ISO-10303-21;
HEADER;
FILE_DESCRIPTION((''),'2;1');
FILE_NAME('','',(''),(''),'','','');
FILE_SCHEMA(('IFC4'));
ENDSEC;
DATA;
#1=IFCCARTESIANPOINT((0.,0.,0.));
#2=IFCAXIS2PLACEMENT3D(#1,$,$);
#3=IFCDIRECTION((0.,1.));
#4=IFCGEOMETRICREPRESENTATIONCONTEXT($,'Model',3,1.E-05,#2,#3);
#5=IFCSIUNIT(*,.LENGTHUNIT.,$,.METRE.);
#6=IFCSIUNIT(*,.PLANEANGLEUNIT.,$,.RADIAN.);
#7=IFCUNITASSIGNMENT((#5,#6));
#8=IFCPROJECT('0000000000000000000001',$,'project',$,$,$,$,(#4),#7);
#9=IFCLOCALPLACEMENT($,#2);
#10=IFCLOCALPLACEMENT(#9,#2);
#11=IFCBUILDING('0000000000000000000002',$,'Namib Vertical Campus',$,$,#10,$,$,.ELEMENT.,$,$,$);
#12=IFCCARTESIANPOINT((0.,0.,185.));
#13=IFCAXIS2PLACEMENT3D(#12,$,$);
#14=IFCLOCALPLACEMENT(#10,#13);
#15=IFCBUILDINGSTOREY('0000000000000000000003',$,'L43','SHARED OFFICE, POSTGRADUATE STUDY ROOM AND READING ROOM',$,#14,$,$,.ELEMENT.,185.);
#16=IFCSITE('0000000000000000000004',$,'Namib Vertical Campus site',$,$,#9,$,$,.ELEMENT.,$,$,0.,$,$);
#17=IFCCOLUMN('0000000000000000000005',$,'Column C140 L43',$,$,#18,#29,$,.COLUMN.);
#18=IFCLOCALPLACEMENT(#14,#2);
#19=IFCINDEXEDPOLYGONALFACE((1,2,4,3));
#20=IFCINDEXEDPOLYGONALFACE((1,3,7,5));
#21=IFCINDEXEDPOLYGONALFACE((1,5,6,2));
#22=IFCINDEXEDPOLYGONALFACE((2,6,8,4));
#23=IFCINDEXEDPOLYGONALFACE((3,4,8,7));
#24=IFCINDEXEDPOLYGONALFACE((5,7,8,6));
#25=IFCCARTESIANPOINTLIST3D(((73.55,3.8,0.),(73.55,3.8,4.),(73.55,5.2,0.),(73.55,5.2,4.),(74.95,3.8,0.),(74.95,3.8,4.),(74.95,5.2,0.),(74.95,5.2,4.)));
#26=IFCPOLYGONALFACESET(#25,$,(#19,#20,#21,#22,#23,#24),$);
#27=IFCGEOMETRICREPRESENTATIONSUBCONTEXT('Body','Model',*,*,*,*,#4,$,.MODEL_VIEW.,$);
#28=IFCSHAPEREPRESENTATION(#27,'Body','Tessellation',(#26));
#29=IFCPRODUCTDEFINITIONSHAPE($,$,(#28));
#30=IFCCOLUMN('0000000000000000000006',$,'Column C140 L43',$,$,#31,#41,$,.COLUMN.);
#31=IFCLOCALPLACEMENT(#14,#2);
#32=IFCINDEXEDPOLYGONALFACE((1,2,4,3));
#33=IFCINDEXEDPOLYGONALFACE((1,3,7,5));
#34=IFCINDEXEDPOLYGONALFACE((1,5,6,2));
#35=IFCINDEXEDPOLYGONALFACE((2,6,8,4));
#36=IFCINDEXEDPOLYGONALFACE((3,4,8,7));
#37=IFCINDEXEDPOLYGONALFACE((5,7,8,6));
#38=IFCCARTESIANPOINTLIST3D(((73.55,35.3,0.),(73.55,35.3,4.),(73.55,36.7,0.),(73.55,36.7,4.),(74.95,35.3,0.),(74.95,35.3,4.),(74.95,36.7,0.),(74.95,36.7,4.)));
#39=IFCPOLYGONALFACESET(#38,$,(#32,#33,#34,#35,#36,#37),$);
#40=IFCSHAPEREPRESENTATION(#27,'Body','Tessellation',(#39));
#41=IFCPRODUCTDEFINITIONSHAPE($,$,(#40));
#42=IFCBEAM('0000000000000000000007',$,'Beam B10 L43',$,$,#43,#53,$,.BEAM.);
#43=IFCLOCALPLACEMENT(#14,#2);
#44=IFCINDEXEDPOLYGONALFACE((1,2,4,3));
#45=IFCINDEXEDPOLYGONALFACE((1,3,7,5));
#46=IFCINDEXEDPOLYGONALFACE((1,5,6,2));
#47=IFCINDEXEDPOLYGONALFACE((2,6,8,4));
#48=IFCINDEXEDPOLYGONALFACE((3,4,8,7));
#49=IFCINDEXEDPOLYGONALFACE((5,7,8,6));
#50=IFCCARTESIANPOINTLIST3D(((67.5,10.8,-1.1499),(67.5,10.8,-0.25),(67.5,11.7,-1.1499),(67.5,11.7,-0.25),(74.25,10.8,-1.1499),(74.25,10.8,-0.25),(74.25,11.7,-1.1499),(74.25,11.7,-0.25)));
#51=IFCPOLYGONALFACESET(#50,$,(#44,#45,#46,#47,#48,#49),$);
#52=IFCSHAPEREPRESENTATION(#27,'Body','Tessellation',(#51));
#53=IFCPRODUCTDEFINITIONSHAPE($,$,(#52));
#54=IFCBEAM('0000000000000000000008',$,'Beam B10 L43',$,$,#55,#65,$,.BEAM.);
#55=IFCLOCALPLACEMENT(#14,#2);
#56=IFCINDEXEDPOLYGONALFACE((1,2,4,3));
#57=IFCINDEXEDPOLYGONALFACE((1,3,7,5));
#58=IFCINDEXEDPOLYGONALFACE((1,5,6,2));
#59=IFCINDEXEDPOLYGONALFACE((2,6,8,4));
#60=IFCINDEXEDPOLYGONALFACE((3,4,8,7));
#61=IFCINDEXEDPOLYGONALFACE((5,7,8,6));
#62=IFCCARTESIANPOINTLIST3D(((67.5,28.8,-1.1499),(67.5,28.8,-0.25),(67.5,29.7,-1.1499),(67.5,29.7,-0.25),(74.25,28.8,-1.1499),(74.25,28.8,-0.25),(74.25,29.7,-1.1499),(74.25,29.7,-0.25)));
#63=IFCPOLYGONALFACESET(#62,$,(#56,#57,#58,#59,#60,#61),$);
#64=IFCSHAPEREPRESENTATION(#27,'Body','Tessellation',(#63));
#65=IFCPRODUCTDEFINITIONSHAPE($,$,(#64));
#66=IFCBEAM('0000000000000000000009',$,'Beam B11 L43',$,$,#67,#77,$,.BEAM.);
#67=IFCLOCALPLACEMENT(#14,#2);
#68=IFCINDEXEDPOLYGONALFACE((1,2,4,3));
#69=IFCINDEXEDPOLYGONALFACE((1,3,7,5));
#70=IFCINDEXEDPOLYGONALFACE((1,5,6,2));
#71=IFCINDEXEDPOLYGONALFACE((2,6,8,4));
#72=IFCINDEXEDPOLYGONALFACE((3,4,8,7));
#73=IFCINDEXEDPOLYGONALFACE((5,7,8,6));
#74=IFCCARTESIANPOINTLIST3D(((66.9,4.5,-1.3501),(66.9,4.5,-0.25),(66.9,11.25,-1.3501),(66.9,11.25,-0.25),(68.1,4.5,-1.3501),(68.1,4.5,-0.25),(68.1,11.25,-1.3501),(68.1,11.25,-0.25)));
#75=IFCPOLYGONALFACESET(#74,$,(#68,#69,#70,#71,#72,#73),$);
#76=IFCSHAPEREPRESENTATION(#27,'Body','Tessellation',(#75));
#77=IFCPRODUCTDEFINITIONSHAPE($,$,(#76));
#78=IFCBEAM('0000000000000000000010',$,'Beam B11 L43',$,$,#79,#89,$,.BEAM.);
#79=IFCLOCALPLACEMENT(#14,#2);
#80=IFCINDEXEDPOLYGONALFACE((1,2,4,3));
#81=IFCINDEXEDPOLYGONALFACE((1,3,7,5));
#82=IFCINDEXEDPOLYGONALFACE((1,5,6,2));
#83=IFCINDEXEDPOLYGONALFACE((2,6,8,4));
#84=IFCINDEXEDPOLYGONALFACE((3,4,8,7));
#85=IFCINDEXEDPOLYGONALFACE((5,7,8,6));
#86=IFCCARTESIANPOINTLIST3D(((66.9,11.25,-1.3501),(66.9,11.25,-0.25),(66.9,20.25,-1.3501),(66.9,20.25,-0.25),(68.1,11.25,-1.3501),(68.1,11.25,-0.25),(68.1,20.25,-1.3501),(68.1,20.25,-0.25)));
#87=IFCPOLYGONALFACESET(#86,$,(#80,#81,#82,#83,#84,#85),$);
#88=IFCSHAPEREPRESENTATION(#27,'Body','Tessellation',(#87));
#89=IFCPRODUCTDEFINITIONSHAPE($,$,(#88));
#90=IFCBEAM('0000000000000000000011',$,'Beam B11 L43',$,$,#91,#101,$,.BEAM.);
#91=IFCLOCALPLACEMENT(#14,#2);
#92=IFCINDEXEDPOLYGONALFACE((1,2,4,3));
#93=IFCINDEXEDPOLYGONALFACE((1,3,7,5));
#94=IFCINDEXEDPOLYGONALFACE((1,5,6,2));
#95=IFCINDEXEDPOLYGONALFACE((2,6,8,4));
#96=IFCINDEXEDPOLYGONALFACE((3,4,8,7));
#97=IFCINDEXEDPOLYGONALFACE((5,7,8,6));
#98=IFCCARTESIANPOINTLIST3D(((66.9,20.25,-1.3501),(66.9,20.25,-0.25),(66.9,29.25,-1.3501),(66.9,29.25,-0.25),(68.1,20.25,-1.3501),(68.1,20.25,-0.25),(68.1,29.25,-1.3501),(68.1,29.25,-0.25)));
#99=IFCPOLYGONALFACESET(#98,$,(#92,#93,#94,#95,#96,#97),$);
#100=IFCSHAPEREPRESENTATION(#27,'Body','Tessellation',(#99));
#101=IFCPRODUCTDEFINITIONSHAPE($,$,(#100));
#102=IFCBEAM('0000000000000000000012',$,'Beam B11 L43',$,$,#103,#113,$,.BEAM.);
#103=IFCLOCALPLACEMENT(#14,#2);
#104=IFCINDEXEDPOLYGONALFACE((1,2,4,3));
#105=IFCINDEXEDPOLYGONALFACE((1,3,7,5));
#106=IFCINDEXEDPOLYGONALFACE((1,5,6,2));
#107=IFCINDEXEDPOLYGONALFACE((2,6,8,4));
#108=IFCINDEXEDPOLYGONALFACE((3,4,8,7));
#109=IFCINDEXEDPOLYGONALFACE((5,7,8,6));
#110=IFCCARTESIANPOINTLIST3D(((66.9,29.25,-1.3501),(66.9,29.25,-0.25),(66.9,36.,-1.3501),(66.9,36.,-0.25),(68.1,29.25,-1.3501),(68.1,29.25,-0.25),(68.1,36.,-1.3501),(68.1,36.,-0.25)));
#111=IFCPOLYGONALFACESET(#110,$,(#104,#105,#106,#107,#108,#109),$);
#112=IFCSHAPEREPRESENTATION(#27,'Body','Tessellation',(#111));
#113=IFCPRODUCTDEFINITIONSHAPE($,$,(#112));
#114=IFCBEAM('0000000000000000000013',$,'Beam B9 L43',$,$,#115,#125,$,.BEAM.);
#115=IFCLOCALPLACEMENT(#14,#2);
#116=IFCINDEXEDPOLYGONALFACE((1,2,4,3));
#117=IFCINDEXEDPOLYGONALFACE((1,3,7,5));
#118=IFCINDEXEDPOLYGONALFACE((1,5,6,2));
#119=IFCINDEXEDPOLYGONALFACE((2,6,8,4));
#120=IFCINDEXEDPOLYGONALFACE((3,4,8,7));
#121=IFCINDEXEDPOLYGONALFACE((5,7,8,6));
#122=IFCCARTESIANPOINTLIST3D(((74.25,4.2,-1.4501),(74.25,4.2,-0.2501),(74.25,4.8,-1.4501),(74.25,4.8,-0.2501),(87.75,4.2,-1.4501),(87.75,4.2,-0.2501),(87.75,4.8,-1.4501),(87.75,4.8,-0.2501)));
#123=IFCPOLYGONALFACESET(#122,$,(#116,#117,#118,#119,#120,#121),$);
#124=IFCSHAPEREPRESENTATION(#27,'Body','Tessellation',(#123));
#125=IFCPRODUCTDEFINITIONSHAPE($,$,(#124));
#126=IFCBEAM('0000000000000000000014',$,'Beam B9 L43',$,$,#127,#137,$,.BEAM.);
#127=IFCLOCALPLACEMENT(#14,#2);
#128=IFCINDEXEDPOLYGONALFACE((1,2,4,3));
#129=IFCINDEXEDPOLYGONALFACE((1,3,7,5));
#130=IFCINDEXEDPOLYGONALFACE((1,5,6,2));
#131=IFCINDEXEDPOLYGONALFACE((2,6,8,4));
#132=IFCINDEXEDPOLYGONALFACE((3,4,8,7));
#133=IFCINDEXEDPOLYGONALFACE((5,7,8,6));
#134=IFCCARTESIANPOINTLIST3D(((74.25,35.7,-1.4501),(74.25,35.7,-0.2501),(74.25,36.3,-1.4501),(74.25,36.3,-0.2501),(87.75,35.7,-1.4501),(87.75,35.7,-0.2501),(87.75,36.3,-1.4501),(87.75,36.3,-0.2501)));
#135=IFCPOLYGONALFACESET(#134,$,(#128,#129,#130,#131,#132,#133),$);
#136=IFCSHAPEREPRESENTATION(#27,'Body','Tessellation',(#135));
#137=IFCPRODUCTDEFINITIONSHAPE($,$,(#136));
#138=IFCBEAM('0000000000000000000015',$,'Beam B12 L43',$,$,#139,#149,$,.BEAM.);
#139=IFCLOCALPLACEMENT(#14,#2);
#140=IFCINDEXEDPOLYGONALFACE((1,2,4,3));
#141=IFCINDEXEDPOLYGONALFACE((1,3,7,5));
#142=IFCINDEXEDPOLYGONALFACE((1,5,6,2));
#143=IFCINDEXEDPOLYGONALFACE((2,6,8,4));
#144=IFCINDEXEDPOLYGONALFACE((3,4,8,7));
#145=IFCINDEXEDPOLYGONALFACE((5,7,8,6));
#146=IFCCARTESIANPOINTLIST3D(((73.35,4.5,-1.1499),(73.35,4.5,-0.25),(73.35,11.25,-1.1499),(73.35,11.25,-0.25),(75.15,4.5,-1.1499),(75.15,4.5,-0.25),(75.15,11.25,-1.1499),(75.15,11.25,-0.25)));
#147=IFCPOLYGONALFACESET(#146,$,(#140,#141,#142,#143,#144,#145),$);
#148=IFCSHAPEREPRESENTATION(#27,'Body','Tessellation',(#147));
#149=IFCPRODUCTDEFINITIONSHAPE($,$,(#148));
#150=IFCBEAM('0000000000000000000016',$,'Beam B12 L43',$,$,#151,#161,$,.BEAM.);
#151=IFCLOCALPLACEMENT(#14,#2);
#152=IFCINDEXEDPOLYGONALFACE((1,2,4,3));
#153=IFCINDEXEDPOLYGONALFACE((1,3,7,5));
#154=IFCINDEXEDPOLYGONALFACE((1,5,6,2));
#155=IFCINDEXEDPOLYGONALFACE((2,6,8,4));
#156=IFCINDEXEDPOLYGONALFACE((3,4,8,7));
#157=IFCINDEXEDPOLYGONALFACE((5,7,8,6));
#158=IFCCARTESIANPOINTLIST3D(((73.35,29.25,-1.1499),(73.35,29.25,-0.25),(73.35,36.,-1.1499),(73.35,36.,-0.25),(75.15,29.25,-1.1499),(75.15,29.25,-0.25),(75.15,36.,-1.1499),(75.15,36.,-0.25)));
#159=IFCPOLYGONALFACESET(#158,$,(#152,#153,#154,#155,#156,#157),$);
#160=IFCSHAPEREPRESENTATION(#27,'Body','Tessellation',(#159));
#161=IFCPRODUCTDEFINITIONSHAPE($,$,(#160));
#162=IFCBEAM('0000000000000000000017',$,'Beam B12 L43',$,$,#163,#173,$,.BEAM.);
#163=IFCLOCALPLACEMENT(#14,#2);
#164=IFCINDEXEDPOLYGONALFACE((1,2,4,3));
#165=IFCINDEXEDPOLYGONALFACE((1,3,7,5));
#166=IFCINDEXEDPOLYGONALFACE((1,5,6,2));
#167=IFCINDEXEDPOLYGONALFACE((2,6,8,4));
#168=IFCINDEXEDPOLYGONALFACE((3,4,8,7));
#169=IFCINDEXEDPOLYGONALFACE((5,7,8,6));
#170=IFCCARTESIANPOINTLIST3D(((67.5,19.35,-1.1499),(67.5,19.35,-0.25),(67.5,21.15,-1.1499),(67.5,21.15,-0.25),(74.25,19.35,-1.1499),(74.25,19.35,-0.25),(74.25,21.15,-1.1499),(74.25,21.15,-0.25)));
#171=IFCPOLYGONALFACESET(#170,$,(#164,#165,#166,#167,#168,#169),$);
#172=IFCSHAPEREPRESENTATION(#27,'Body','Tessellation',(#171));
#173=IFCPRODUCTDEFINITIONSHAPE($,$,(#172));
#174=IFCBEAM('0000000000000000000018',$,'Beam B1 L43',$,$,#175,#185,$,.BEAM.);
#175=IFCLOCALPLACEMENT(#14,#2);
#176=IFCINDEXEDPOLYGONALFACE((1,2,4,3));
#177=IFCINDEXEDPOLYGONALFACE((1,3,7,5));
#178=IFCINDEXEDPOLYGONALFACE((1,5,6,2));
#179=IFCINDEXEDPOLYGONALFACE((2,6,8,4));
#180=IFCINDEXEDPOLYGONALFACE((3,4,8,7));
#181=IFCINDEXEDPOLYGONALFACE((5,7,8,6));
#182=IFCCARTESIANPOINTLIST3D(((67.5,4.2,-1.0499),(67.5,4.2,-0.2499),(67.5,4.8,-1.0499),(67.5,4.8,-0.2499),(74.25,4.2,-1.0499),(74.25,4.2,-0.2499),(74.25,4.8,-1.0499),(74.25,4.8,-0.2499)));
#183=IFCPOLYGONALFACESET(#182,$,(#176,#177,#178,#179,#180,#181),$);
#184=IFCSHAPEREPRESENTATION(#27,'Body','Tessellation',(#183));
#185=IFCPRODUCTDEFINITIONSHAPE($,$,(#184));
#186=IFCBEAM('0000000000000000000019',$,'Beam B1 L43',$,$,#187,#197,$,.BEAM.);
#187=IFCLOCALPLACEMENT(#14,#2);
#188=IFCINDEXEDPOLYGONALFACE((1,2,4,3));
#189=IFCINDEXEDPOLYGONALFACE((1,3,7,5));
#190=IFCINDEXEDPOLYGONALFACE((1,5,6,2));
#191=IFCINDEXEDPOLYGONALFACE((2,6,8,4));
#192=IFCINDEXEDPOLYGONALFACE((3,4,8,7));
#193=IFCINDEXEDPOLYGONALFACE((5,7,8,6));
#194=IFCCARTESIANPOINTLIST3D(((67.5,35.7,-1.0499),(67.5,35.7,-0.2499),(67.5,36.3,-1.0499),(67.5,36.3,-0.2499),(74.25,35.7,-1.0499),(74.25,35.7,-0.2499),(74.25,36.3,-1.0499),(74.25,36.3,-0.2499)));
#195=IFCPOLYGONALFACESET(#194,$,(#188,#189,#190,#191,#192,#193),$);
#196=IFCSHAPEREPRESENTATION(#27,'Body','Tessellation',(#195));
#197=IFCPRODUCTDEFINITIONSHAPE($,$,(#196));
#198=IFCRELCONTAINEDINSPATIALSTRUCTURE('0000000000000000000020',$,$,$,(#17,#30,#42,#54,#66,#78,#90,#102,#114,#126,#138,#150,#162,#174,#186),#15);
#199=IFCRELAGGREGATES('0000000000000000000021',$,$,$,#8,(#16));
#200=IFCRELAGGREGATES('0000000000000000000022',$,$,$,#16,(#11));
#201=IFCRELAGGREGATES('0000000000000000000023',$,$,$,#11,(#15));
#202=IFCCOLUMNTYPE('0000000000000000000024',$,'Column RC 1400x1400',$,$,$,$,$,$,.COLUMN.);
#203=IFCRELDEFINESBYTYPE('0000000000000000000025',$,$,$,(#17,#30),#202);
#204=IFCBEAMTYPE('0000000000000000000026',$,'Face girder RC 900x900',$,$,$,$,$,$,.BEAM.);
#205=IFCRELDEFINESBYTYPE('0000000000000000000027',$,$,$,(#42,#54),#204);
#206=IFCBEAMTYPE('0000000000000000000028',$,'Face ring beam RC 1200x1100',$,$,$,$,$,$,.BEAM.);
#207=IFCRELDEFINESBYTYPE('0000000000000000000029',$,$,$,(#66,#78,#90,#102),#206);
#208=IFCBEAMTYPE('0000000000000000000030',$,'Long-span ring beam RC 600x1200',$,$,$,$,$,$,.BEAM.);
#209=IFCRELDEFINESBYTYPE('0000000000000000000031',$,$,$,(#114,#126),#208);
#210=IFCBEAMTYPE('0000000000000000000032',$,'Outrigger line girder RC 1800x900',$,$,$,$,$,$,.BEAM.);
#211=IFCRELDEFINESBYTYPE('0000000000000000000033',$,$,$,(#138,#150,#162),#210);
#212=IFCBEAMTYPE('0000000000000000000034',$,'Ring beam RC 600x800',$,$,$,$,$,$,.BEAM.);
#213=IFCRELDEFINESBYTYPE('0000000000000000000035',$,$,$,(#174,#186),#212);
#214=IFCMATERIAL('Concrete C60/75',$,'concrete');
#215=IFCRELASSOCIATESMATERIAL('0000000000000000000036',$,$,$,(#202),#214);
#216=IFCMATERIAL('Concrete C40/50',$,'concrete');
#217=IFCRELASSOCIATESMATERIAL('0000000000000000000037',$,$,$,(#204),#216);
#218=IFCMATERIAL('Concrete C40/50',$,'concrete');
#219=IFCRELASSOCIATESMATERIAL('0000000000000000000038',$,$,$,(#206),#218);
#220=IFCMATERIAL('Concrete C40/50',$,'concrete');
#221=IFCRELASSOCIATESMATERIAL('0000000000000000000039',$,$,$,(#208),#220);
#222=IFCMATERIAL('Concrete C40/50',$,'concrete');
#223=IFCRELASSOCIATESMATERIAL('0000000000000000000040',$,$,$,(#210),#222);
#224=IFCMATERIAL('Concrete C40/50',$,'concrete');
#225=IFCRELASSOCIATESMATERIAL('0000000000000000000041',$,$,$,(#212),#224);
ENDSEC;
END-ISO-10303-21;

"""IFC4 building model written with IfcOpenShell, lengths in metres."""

from ifc_helpers import new_model, si_unit, direction, frame, origin, origin_2d, place, context, subcontext, project, spatial, rectangle, extrude, material, material_profile, profile_set, type_object, element, save


model = new_model("IFC4")

# Units and contexts
model_context = context("Model", 3, precision=1e-05, world=origin(), true_north=direction((0.0, 1.0)))
body_context = subcontext(model_context, "Body", "Model", "MODEL_VIEW")
ifc_project = project(units=[si_unit("LENGTHUNIT", "METRE"), si_unit("PLANEANGLEUNIT", "RADIAN")], contexts=[model_context])

# Site, building, storey
site_placement = place(None, origin())
site = spatial("IfcSite", under=ifc_project, at=site_placement, Name="Namib Vertical Campus site", CompositionType="ELEMENT", RefElevation=0.0)
building_placement = place(site_placement, origin())
building = spatial("IfcBuilding", under=site, at=building_placement, Name="Namib Vertical Campus", CompositionType="ELEMENT")
storey_placement = place(building_placement, frame((0.0, 0.0, 185.0)))
storey = spatial("IfcBuildingStorey", under=building, at=storey_placement, Name="L43", Description="SHARED OFFICE, POSTGRADUATE STUDY ROOM AND READING ROOM", CompositionType="ELEMENT", Elevation=185.0)

# Columns
ifc_material_1 = material(Name="Concrete C60/75", Category="concrete")
ifc_material_profile_1 = material_profile(ifc_material_1, rectangle(XDim=1.3999, YDim=1.3999, at=origin_2d()))
ifc_profile_set_1 = profile_set([ifc_material_profile_1], Name="Concrete C60/75")
column_type = type_object("IfcColumnType", Name="Column RC 1400x1400", PredefinedType="COLUMN", material=ifc_profile_set_1)
for number, where, z_axis, x_axis, name in (
    (1, (74.25, 4.5, 0.0), (0.0, 0.0, 1.0), (1.0, 0.0, 0.0), "Column C140 L43"),
    (2, (74.25, 36.0, 0.0), (0.0, 0.0, 1.0), (1.0, 0.0, 0.0), "Column C140 L43"),
):
    element("IfcColumn", number, at=place(storey_placement, frame(where, z_axis=z_axis, x_axis=x_axis)), inside=storey, type_object=column_type, Name=name, PredefinedType="COLUMN", context=body_context, shape_type="SweptSolid", body=[
        extrude(rectangle(XDim=1.3999, YDim=1.3999, at=origin_2d()), origin(), (0.0, 0.0, 1.0), 4.0),
    ])

# Beams
ifc_material_2 = material(Name="Concrete C40/50", Category="concrete")
ifc_material_profile_2 = material_profile(ifc_material_2, rectangle(XDim=0.8999, YDim=0.8999, at=origin_2d()))
ifc_profile_set_2 = profile_set([ifc_material_profile_2], Name="Concrete C40/50")
beam_type_1 = type_object("IfcBeamType", Name="Face girder RC 900x900", PredefinedType="BEAM", material=ifc_profile_set_2)
for number, where, z_axis, x_axis, name in (
    (3, (67.5, 11.25, -0.7), (1.0, 0.0, 0.0), (0.0, 1.0, 0.0), "Beam B10 L43"),
    (4, (67.5, 29.25, -0.7), (1.0, 0.0, 0.0), (0.0, 1.0, 0.0), "Beam B10 L43"),
):
    element("IfcBeam", number, at=place(storey_placement, frame(where, z_axis=z_axis, x_axis=x_axis)), inside=storey, type_object=beam_type_1, Name=name, PredefinedType="BEAM", context=body_context, shape_type="SweptSolid", body=[
        extrude(rectangle(XDim=0.8999, YDim=0.8999, at=origin_2d()), origin(), (0.0, 0.0, 1.0), 6.75),
    ])
ifc_material_3 = material(Name="Concrete C40/50", Category="concrete")
ifc_material_profile_3 = material_profile(ifc_material_3, rectangle(XDim=1.2, YDim=1.1001, at=origin_2d()))
ifc_profile_set_3 = profile_set([ifc_material_profile_3], Name="Concrete C40/50")
beam_type_2 = type_object("IfcBeamType", Name="Face ring beam RC 1200x1100", PredefinedType="BEAM", material=ifc_profile_set_3)
beam_1_placement = place(storey_placement, frame((67.5, 4.5, -0.8), z_axis=(0.0, 1.0, 0.0), x_axis=(-1.0, 0.0, 0.0)))
element("IfcBeam", 5, at=beam_1_placement, inside=storey, type_object=beam_type_2, Name="Beam B11 L43", PredefinedType="BEAM", context=body_context, shape_type="SweptSolid", body=[
    extrude(rectangle(XDim=1.2, YDim=1.1001, at=origin_2d()), origin(), (0.0, 0.0, 1.0), 6.75),
])
for number, where, z_axis, x_axis, name in (
    (6, (67.5, 11.25, -0.8), (0.0, 1.0, 0.0), (-1.0, 0.0, 0.0), "Beam B11 L43"),
    (7, (67.5, 20.25, -0.8), (0.0, 1.0, 0.0), (-1.0, 0.0, 0.0), "Beam B11 L43"),
):
    element("IfcBeam", number, at=place(storey_placement, frame(where, z_axis=z_axis, x_axis=x_axis)), inside=storey, type_object=beam_type_2, Name=name, PredefinedType="BEAM", context=body_context, shape_type="SweptSolid", body=[
        extrude(rectangle(XDim=1.2, YDim=1.1001, at=origin_2d()), origin(), (0.0, 0.0, 1.0), 9.0),
    ])
beam_2_placement = place(storey_placement, frame((67.5, 29.25, -0.8), z_axis=(0.0, 1.0, 0.0), x_axis=(-1.0, 0.0, 0.0)))
element("IfcBeam", 8, at=beam_2_placement, inside=storey, type_object=beam_type_2, Name="Beam B11 L43", PredefinedType="BEAM", context=body_context, shape_type="SweptSolid", body=[
    extrude(rectangle(XDim=1.2, YDim=1.1001, at=origin_2d()), origin(), (0.0, 0.0, 1.0), 6.75),
])
ifc_material_4 = material(Name="Concrete C40/50", Category="concrete")
ifc_material_profile_4 = material_profile(ifc_material_4, rectangle(XDim=0.6001, YDim=1.2, at=origin_2d()))
ifc_profile_set_4 = profile_set([ifc_material_profile_4], Name="Concrete C40/50")
beam_type_3 = type_object("IfcBeamType", Name="Long-span ring beam RC 600x1200", PredefinedType="BEAM", material=ifc_profile_set_4)
for number, where, z_axis, x_axis, name in (
    (9, (74.25, 4.5, -0.8501), (1.0, 0.0, 0.0), (0.0, 1.0, 0.0), "Beam B9 L43"),
    (10, (74.25, 36.0, -0.8501), (1.0, 0.0, 0.0), (0.0, 1.0, 0.0), "Beam B9 L43"),
):
    element("IfcBeam", number, at=place(storey_placement, frame(where, z_axis=z_axis, x_axis=x_axis)), inside=storey, type_object=beam_type_3, Name=name, PredefinedType="BEAM", context=body_context, shape_type="SweptSolid", body=[
        extrude(rectangle(XDim=0.6001, YDim=1.2, at=origin_2d()), origin(), (0.0, 0.0, 1.0), 13.5),
    ])
ifc_material_5 = material(Name="Concrete C40/50", Category="concrete")
ifc_material_profile_5 = material_profile(ifc_material_5, rectangle(XDim=1.8, YDim=0.8999, at=origin_2d()))
ifc_profile_set_5 = profile_set([ifc_material_profile_5], Name="Concrete C40/50")
beam_type_4 = type_object("IfcBeamType", Name="Outrigger line girder RC 1800x900", PredefinedType="BEAM", material=ifc_profile_set_5)
for number, where, z_axis, x_axis, name in (
    (11, (74.25, 4.5, -0.7), (0.0, 1.0, 0.0), (-1.0, 0.0, 0.0), "Beam B12 L43"),
    (12, (74.25, 36.0, -0.7), (0.0, -1.0, 0.0), (1.0, 0.0, 0.0), "Beam B12 L43"),
    (13, (67.5, 20.25, -0.7), (1.0, 0.0, 0.0), (0.0, 1.0, 0.0), "Beam B12 L43"),
):
    element("IfcBeam", number, at=place(storey_placement, frame(where, z_axis=z_axis, x_axis=x_axis)), inside=storey, type_object=beam_type_4, Name=name, PredefinedType="BEAM", context=body_context, shape_type="SweptSolid", body=[
        extrude(rectangle(XDim=1.8, YDim=0.8999, at=origin_2d()), origin(), (0.0, 0.0, 1.0), 6.75),
    ])
ifc_material_6 = material(Name="Concrete C40/50", Category="concrete")
ifc_material_profile_6 = material_profile(ifc_material_6, rectangle(XDim=0.6001, YDim=0.8, at=origin_2d()))
ifc_profile_set_6 = profile_set([ifc_material_profile_6], Name="Concrete C40/50")
beam_type_5 = type_object("IfcBeamType", Name="Ring beam RC 600x800", PredefinedType="BEAM", material=ifc_profile_set_6)
for number, where, z_axis, x_axis, name in (
    (14, (67.5, 4.5, -0.6499), (1.0, 0.0, 0.0), (0.0, 1.0, 0.0), "Beam B1 L43"),
    (15, (67.5, 36.0, -0.6499), (1.0, 0.0, 0.0), (0.0, 1.0, 0.0), "Beam B1 L43"),
):
    element("IfcBeam", number, at=place(storey_placement, frame(where, z_axis=z_axis, x_axis=x_axis)), inside=storey, type_object=beam_type_5, Name=name, PredefinedType="BEAM", context=body_context, shape_type="SweptSolid", body=[
        extrude(rectangle(XDim=0.6001, YDim=0.8, at=origin_2d()), origin(), (0.0, 0.0, 1.0), 6.75),
    ])

save(model, "model.ifc")
